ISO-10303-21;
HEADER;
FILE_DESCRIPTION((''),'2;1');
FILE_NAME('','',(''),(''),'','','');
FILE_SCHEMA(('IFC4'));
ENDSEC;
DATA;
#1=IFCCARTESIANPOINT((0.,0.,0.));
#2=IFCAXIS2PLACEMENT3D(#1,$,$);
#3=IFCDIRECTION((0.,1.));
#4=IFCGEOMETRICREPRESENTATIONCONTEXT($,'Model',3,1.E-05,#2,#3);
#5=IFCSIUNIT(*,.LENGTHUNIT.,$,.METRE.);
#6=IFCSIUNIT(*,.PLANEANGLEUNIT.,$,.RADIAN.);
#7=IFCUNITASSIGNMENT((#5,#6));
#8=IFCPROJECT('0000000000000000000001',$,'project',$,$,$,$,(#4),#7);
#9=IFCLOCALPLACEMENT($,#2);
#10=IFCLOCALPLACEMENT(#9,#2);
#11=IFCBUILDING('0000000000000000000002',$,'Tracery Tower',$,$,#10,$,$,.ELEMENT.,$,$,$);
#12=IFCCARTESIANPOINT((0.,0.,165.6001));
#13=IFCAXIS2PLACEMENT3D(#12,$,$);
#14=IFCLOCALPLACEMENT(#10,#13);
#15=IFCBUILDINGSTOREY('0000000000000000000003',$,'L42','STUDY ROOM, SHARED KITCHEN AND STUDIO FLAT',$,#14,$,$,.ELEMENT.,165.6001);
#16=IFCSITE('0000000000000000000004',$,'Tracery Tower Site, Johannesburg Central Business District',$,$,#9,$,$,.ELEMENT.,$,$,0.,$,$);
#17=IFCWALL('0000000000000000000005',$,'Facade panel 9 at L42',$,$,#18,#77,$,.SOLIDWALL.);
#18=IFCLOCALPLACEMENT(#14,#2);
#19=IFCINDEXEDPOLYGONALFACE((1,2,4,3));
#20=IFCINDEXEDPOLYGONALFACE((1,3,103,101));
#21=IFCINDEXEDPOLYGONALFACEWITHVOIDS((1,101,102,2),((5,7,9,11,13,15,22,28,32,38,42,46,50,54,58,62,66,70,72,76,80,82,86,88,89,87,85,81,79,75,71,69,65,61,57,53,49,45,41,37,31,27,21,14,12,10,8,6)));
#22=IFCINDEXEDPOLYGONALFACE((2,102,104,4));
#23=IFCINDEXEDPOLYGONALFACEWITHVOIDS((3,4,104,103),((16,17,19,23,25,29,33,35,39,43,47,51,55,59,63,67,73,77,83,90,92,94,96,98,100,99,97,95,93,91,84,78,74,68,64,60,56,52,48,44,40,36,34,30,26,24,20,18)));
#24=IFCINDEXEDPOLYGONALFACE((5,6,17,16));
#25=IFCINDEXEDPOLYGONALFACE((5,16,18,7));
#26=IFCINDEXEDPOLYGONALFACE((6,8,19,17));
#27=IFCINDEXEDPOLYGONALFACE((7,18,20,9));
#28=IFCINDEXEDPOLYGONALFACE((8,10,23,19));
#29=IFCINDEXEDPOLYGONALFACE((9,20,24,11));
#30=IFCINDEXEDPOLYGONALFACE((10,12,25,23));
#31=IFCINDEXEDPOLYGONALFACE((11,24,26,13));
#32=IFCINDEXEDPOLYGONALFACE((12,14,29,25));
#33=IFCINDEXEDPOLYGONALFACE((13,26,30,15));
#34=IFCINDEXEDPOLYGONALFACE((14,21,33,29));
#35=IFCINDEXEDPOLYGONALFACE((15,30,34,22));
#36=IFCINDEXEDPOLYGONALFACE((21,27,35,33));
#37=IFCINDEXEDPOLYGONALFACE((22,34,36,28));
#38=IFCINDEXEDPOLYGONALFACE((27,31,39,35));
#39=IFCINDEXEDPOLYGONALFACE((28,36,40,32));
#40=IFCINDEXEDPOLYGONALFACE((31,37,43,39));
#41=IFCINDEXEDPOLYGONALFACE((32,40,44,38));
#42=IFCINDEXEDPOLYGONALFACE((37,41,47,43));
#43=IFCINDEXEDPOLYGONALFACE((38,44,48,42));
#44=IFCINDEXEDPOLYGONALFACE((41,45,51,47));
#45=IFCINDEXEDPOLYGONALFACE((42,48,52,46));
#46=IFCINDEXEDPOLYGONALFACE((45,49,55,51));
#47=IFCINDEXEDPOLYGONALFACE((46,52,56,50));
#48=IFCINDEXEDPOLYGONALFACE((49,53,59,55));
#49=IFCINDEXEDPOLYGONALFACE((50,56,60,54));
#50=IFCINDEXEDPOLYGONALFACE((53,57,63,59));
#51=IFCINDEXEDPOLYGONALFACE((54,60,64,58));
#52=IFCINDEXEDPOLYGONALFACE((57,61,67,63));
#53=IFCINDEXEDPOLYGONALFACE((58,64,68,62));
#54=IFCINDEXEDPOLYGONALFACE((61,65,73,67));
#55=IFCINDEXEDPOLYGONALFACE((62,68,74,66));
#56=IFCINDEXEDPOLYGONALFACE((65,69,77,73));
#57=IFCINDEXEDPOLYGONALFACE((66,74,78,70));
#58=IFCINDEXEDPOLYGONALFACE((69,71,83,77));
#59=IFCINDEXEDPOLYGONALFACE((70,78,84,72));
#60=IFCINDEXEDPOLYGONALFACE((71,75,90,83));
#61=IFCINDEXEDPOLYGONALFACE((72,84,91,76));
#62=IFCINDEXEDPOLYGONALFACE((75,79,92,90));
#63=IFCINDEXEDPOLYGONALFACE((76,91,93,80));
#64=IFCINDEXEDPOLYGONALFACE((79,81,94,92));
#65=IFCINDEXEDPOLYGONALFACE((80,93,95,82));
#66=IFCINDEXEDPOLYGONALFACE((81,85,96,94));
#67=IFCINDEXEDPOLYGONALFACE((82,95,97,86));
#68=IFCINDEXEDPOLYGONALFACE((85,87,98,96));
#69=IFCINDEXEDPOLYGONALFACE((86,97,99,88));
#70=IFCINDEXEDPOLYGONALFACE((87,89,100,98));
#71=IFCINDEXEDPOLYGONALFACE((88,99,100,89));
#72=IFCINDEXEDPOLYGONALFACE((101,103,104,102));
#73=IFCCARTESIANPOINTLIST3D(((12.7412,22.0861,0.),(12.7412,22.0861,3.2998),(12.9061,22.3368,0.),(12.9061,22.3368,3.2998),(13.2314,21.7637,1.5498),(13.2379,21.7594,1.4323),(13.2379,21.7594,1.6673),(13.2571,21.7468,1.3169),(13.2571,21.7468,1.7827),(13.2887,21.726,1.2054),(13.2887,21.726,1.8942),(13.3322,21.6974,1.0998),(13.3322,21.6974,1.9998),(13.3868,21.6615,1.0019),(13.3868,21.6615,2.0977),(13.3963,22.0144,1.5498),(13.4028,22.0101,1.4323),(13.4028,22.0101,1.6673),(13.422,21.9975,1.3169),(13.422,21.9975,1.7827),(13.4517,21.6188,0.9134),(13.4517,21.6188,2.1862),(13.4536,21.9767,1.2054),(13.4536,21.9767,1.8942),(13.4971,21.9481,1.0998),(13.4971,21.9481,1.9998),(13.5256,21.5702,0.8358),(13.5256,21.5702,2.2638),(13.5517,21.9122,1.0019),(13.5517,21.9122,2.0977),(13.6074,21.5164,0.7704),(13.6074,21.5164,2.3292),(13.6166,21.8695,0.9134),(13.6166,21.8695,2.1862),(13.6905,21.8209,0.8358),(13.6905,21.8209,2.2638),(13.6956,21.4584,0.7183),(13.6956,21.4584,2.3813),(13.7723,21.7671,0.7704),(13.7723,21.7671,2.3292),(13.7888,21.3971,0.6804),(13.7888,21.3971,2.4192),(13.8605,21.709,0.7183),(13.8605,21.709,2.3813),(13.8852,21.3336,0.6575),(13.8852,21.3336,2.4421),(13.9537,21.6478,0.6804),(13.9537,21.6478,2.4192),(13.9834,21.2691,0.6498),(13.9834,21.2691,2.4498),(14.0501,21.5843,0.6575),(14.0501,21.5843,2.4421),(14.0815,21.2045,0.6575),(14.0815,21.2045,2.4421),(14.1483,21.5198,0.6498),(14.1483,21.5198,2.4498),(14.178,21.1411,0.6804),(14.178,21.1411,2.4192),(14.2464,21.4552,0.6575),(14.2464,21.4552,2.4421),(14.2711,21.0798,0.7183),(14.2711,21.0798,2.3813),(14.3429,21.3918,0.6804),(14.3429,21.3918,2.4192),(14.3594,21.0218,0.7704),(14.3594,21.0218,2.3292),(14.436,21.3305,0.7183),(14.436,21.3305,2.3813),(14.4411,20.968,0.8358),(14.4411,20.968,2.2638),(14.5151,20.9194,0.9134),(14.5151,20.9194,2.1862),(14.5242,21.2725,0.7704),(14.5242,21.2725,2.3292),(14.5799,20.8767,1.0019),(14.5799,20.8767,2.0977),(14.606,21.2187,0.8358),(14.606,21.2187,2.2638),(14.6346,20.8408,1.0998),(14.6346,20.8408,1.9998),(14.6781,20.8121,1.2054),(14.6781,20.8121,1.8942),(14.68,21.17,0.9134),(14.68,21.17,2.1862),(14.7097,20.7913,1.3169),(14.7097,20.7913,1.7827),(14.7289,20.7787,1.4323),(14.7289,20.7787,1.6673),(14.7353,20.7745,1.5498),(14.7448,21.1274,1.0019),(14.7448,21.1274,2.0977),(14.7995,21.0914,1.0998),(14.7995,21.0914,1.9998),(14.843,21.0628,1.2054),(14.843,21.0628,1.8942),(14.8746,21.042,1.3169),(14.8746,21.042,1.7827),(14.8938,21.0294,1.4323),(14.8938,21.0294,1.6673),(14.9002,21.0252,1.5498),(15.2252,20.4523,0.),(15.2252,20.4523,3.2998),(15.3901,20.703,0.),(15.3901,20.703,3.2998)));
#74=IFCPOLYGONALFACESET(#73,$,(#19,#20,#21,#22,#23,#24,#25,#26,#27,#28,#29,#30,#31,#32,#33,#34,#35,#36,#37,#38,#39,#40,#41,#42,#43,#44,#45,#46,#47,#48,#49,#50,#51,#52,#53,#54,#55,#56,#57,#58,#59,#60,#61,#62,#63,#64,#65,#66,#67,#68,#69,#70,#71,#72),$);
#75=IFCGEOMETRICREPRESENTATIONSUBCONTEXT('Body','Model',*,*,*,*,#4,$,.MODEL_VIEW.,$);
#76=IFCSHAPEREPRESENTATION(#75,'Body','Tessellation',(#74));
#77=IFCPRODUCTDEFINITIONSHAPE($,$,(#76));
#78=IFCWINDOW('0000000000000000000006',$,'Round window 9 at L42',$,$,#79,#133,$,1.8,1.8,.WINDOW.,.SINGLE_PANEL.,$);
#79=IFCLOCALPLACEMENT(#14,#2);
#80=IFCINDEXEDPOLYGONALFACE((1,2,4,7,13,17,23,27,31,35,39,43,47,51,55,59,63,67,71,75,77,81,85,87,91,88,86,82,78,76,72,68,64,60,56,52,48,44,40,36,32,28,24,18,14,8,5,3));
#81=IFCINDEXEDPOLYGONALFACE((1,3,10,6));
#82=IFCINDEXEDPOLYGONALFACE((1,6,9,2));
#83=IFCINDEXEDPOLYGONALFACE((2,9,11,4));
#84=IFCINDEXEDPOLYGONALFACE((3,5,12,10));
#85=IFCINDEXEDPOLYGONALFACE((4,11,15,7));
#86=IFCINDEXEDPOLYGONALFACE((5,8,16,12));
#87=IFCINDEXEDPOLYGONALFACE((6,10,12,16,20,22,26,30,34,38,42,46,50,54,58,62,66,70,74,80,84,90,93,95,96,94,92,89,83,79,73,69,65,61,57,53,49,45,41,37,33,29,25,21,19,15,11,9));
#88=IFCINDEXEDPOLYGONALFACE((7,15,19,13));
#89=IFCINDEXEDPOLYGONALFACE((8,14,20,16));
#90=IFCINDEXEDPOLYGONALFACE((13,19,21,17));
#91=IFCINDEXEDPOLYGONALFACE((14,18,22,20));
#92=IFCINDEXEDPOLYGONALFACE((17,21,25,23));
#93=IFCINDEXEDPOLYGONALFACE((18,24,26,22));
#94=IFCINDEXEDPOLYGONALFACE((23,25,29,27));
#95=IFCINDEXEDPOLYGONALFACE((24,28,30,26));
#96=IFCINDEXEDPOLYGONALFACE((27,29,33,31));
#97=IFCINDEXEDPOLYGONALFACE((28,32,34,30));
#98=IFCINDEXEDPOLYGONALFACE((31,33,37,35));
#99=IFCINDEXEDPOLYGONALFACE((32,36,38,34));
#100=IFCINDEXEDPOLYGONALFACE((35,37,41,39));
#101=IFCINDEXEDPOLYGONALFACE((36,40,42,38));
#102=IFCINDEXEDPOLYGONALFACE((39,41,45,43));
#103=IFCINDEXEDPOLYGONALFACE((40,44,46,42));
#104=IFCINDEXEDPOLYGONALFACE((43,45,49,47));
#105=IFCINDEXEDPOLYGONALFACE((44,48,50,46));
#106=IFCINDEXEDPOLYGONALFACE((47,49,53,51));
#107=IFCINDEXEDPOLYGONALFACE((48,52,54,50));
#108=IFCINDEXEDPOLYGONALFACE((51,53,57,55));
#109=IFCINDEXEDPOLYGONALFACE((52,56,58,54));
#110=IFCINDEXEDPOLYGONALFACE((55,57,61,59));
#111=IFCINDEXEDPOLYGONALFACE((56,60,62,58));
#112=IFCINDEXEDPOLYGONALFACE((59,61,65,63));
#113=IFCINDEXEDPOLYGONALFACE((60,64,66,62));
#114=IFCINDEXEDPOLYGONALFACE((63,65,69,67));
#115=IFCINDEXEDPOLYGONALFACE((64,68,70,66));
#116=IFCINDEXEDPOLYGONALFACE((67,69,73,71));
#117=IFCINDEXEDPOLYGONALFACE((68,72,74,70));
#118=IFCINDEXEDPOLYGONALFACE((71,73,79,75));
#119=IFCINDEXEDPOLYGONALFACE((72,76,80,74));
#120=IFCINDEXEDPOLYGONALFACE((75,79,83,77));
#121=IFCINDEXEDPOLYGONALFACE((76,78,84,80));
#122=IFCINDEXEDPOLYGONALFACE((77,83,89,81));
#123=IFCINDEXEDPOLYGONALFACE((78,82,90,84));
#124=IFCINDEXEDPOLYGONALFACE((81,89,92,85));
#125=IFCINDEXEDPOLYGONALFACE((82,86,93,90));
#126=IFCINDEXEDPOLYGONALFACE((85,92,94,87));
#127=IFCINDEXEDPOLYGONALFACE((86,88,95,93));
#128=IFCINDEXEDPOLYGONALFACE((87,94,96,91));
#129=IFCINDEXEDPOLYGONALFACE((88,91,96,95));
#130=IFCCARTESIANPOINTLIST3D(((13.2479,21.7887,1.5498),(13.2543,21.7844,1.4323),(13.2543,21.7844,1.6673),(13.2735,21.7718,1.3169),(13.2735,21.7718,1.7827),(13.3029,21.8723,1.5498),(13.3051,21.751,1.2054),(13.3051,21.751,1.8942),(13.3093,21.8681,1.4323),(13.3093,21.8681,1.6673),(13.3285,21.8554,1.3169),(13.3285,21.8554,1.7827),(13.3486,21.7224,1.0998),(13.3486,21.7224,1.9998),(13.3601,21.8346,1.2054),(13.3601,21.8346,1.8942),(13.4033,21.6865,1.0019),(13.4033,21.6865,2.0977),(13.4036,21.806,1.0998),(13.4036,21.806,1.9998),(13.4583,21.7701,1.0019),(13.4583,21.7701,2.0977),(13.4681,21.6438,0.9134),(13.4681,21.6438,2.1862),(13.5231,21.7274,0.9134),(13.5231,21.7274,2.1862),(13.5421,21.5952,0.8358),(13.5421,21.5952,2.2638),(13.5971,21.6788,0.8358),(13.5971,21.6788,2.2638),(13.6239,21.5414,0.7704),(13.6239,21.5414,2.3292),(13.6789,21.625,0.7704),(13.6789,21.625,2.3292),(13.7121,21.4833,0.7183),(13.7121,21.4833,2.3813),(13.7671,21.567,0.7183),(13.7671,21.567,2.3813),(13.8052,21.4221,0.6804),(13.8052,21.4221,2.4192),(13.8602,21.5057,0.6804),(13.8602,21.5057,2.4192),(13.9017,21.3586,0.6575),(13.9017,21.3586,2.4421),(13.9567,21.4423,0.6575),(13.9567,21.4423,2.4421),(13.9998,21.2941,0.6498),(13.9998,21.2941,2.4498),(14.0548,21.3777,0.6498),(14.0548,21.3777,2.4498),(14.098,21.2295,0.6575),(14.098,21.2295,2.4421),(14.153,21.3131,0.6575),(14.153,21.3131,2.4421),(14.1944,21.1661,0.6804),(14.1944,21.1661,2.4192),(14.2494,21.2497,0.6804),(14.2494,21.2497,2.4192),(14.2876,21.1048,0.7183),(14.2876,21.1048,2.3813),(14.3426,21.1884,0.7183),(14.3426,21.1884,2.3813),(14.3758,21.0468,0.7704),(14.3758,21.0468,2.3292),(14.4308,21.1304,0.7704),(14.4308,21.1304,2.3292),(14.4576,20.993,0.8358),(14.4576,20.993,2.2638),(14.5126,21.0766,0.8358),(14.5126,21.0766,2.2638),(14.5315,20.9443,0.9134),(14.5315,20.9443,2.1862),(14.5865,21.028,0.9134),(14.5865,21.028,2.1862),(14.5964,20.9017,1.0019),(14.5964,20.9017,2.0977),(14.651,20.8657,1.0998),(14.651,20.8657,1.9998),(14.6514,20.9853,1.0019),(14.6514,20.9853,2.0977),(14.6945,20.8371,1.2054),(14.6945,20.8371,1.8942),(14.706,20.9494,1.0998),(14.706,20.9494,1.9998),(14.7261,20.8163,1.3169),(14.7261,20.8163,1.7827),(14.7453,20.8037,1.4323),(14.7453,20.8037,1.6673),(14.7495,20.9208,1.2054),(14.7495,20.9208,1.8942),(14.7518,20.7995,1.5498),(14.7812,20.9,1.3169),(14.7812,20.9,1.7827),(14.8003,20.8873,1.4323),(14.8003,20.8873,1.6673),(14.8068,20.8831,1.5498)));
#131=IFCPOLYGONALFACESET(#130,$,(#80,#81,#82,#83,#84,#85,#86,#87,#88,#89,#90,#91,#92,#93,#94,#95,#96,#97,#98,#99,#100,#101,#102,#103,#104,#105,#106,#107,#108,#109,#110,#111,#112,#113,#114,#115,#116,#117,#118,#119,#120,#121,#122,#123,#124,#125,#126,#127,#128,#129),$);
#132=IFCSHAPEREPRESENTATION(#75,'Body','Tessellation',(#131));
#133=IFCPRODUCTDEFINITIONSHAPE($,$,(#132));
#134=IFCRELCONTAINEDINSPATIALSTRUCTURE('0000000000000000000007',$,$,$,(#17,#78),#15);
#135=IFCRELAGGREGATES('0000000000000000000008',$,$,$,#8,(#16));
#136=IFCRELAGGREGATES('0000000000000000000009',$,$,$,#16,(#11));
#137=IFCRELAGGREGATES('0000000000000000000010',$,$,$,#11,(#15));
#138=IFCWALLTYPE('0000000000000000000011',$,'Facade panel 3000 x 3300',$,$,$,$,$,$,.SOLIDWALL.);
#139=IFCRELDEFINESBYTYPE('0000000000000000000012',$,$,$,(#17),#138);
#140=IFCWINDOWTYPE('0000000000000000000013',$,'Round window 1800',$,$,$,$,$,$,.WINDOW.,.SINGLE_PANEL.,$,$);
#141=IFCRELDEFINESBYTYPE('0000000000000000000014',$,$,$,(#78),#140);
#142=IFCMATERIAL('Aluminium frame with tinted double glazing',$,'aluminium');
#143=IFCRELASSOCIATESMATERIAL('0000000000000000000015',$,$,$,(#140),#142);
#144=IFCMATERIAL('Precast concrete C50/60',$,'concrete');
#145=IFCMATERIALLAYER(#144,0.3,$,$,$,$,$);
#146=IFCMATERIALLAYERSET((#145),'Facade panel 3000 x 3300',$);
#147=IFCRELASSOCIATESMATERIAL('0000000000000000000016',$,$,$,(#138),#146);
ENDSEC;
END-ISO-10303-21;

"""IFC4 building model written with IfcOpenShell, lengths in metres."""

from ifc_helpers import new_model, si_unit, direction, frame, frame_2d, origin, origin_2d, place, context, subcontext, project, spatial, rectangle, circle, extrude, material, layer, layer_set, type_object, element, fill, save


model = new_model("IFC4")

# Units and contexts
model_context = context("Model", 3, precision=1e-05, world=origin(), true_north=direction((0.0, 1.0)))
body_context = subcontext(model_context, "Body", "Model", "MODEL_VIEW")
ifc_project = project(units=[si_unit("LENGTHUNIT", "METRE"), si_unit("PLANEANGLEUNIT", "RADIAN")], contexts=[model_context])

# Site, building, storey
site_placement = place(None, origin())
site = spatial("IfcSite", under=ifc_project, at=site_placement, Name="Tracery Tower Site, Johannesburg Central Business District", CompositionType="ELEMENT", RefElevation=0.0)
building_placement = place(site_placement, origin())
building = spatial("IfcBuilding", under=site, at=building_placement, Name="Tracery Tower", CompositionType="ELEMENT")
storey_placement = place(building_placement, frame((0.0, 0.0, 165.6001)))
storey = spatial("IfcBuildingStorey", under=building, at=storey_placement, Name="L42", Description="STUDY ROOM, SHARED KITCHEN AND STUDIO FLAT", CompositionType="ELEMENT", Elevation=165.6001)

# Wall, opening, window
ifc_material_1 = material(Name="Aluminium frame with tinted double glazing", Category="aluminium")
window_type = type_object("IfcWindowType", Name="Round window 1800", PartitioningType="SINGLE_PANEL", PredefinedType="WINDOW", material=ifc_material_1)
ifc_material_2 = material(Name="Precast concrete C50/60", Category="concrete")
ifc_layer_1 = layer(ifc_material_2, 0.3)
ifc_layer_set_1 = layer_set([ifc_layer_1], Name="Facade panel 3000 x 3300")
wall_type_1 = type_object("IfcWallType", Name="Facade panel 3000 x 3300", PredefinedType="SOLIDWALL", material=ifc_layer_set_1)
wall_1_placement = place(storey_placement, frame((15.3076, 20.5776, 0.0), z_axis=(0.0, 0.0, 1.0), x_axis=(-0.835471, 0.549535, 0.0)))
wall_1 = element("IfcWall", 1, at=wall_1_placement, inside=storey, type_object=wall_type_1, Name="Facade panel 9 at L42", PredefinedType="SOLIDWALL", context=body_context, shape_type="SweptSolid", body=[
    extrude(rectangle(XDim=2.9731, YDim=0.3, at=frame_2d((1.4866, 0.0))), origin(), (0.0, 0.0, 1.0), 3.2998),
])
opening_1_placement = place(wall_1_placement, frame((1.4863, 0.0, 1.5498)))
opening_1 = element("IfcOpeningElement", 2, at=opening_1_placement, cuts=wall_1, PredefinedType="OPENING", context=body_context, shape_type="SweptSolid", body=[
    extrude(circle(Radius=0.9, at=origin_2d()), frame((0.0, 0.1599, 0.0), z_axis=(0.0, -1.0, 0.0), x_axis=(1.0, 0.0, 0.0)), (0.0, 0.0, 1.0), 0.3201),
])
window_1_placement = place(opening_1_placement, origin())
window_1 = element("IfcWindow", 3, at=window_1_placement, inside=storey, type_object=window_type, Name="Round window 9 at L42", OverallHeight=1.8, OverallWidth=1.8, PartitioningType="SINGLE_PANEL", PredefinedType="WINDOW", context=body_context, shape_type="SweptSolid", body=[
    extrude(circle(Radius=0.9, at=origin_2d()), frame((0.0, 0.1201, 0.0), z_axis=(0.0, -1.0, 0.0), x_axis=(1.0, 0.0, 0.0)), (0.0, 0.0, 1.0), 0.1001),
])
fill(opening_1, window_1)

save(model, "model.ifc")
